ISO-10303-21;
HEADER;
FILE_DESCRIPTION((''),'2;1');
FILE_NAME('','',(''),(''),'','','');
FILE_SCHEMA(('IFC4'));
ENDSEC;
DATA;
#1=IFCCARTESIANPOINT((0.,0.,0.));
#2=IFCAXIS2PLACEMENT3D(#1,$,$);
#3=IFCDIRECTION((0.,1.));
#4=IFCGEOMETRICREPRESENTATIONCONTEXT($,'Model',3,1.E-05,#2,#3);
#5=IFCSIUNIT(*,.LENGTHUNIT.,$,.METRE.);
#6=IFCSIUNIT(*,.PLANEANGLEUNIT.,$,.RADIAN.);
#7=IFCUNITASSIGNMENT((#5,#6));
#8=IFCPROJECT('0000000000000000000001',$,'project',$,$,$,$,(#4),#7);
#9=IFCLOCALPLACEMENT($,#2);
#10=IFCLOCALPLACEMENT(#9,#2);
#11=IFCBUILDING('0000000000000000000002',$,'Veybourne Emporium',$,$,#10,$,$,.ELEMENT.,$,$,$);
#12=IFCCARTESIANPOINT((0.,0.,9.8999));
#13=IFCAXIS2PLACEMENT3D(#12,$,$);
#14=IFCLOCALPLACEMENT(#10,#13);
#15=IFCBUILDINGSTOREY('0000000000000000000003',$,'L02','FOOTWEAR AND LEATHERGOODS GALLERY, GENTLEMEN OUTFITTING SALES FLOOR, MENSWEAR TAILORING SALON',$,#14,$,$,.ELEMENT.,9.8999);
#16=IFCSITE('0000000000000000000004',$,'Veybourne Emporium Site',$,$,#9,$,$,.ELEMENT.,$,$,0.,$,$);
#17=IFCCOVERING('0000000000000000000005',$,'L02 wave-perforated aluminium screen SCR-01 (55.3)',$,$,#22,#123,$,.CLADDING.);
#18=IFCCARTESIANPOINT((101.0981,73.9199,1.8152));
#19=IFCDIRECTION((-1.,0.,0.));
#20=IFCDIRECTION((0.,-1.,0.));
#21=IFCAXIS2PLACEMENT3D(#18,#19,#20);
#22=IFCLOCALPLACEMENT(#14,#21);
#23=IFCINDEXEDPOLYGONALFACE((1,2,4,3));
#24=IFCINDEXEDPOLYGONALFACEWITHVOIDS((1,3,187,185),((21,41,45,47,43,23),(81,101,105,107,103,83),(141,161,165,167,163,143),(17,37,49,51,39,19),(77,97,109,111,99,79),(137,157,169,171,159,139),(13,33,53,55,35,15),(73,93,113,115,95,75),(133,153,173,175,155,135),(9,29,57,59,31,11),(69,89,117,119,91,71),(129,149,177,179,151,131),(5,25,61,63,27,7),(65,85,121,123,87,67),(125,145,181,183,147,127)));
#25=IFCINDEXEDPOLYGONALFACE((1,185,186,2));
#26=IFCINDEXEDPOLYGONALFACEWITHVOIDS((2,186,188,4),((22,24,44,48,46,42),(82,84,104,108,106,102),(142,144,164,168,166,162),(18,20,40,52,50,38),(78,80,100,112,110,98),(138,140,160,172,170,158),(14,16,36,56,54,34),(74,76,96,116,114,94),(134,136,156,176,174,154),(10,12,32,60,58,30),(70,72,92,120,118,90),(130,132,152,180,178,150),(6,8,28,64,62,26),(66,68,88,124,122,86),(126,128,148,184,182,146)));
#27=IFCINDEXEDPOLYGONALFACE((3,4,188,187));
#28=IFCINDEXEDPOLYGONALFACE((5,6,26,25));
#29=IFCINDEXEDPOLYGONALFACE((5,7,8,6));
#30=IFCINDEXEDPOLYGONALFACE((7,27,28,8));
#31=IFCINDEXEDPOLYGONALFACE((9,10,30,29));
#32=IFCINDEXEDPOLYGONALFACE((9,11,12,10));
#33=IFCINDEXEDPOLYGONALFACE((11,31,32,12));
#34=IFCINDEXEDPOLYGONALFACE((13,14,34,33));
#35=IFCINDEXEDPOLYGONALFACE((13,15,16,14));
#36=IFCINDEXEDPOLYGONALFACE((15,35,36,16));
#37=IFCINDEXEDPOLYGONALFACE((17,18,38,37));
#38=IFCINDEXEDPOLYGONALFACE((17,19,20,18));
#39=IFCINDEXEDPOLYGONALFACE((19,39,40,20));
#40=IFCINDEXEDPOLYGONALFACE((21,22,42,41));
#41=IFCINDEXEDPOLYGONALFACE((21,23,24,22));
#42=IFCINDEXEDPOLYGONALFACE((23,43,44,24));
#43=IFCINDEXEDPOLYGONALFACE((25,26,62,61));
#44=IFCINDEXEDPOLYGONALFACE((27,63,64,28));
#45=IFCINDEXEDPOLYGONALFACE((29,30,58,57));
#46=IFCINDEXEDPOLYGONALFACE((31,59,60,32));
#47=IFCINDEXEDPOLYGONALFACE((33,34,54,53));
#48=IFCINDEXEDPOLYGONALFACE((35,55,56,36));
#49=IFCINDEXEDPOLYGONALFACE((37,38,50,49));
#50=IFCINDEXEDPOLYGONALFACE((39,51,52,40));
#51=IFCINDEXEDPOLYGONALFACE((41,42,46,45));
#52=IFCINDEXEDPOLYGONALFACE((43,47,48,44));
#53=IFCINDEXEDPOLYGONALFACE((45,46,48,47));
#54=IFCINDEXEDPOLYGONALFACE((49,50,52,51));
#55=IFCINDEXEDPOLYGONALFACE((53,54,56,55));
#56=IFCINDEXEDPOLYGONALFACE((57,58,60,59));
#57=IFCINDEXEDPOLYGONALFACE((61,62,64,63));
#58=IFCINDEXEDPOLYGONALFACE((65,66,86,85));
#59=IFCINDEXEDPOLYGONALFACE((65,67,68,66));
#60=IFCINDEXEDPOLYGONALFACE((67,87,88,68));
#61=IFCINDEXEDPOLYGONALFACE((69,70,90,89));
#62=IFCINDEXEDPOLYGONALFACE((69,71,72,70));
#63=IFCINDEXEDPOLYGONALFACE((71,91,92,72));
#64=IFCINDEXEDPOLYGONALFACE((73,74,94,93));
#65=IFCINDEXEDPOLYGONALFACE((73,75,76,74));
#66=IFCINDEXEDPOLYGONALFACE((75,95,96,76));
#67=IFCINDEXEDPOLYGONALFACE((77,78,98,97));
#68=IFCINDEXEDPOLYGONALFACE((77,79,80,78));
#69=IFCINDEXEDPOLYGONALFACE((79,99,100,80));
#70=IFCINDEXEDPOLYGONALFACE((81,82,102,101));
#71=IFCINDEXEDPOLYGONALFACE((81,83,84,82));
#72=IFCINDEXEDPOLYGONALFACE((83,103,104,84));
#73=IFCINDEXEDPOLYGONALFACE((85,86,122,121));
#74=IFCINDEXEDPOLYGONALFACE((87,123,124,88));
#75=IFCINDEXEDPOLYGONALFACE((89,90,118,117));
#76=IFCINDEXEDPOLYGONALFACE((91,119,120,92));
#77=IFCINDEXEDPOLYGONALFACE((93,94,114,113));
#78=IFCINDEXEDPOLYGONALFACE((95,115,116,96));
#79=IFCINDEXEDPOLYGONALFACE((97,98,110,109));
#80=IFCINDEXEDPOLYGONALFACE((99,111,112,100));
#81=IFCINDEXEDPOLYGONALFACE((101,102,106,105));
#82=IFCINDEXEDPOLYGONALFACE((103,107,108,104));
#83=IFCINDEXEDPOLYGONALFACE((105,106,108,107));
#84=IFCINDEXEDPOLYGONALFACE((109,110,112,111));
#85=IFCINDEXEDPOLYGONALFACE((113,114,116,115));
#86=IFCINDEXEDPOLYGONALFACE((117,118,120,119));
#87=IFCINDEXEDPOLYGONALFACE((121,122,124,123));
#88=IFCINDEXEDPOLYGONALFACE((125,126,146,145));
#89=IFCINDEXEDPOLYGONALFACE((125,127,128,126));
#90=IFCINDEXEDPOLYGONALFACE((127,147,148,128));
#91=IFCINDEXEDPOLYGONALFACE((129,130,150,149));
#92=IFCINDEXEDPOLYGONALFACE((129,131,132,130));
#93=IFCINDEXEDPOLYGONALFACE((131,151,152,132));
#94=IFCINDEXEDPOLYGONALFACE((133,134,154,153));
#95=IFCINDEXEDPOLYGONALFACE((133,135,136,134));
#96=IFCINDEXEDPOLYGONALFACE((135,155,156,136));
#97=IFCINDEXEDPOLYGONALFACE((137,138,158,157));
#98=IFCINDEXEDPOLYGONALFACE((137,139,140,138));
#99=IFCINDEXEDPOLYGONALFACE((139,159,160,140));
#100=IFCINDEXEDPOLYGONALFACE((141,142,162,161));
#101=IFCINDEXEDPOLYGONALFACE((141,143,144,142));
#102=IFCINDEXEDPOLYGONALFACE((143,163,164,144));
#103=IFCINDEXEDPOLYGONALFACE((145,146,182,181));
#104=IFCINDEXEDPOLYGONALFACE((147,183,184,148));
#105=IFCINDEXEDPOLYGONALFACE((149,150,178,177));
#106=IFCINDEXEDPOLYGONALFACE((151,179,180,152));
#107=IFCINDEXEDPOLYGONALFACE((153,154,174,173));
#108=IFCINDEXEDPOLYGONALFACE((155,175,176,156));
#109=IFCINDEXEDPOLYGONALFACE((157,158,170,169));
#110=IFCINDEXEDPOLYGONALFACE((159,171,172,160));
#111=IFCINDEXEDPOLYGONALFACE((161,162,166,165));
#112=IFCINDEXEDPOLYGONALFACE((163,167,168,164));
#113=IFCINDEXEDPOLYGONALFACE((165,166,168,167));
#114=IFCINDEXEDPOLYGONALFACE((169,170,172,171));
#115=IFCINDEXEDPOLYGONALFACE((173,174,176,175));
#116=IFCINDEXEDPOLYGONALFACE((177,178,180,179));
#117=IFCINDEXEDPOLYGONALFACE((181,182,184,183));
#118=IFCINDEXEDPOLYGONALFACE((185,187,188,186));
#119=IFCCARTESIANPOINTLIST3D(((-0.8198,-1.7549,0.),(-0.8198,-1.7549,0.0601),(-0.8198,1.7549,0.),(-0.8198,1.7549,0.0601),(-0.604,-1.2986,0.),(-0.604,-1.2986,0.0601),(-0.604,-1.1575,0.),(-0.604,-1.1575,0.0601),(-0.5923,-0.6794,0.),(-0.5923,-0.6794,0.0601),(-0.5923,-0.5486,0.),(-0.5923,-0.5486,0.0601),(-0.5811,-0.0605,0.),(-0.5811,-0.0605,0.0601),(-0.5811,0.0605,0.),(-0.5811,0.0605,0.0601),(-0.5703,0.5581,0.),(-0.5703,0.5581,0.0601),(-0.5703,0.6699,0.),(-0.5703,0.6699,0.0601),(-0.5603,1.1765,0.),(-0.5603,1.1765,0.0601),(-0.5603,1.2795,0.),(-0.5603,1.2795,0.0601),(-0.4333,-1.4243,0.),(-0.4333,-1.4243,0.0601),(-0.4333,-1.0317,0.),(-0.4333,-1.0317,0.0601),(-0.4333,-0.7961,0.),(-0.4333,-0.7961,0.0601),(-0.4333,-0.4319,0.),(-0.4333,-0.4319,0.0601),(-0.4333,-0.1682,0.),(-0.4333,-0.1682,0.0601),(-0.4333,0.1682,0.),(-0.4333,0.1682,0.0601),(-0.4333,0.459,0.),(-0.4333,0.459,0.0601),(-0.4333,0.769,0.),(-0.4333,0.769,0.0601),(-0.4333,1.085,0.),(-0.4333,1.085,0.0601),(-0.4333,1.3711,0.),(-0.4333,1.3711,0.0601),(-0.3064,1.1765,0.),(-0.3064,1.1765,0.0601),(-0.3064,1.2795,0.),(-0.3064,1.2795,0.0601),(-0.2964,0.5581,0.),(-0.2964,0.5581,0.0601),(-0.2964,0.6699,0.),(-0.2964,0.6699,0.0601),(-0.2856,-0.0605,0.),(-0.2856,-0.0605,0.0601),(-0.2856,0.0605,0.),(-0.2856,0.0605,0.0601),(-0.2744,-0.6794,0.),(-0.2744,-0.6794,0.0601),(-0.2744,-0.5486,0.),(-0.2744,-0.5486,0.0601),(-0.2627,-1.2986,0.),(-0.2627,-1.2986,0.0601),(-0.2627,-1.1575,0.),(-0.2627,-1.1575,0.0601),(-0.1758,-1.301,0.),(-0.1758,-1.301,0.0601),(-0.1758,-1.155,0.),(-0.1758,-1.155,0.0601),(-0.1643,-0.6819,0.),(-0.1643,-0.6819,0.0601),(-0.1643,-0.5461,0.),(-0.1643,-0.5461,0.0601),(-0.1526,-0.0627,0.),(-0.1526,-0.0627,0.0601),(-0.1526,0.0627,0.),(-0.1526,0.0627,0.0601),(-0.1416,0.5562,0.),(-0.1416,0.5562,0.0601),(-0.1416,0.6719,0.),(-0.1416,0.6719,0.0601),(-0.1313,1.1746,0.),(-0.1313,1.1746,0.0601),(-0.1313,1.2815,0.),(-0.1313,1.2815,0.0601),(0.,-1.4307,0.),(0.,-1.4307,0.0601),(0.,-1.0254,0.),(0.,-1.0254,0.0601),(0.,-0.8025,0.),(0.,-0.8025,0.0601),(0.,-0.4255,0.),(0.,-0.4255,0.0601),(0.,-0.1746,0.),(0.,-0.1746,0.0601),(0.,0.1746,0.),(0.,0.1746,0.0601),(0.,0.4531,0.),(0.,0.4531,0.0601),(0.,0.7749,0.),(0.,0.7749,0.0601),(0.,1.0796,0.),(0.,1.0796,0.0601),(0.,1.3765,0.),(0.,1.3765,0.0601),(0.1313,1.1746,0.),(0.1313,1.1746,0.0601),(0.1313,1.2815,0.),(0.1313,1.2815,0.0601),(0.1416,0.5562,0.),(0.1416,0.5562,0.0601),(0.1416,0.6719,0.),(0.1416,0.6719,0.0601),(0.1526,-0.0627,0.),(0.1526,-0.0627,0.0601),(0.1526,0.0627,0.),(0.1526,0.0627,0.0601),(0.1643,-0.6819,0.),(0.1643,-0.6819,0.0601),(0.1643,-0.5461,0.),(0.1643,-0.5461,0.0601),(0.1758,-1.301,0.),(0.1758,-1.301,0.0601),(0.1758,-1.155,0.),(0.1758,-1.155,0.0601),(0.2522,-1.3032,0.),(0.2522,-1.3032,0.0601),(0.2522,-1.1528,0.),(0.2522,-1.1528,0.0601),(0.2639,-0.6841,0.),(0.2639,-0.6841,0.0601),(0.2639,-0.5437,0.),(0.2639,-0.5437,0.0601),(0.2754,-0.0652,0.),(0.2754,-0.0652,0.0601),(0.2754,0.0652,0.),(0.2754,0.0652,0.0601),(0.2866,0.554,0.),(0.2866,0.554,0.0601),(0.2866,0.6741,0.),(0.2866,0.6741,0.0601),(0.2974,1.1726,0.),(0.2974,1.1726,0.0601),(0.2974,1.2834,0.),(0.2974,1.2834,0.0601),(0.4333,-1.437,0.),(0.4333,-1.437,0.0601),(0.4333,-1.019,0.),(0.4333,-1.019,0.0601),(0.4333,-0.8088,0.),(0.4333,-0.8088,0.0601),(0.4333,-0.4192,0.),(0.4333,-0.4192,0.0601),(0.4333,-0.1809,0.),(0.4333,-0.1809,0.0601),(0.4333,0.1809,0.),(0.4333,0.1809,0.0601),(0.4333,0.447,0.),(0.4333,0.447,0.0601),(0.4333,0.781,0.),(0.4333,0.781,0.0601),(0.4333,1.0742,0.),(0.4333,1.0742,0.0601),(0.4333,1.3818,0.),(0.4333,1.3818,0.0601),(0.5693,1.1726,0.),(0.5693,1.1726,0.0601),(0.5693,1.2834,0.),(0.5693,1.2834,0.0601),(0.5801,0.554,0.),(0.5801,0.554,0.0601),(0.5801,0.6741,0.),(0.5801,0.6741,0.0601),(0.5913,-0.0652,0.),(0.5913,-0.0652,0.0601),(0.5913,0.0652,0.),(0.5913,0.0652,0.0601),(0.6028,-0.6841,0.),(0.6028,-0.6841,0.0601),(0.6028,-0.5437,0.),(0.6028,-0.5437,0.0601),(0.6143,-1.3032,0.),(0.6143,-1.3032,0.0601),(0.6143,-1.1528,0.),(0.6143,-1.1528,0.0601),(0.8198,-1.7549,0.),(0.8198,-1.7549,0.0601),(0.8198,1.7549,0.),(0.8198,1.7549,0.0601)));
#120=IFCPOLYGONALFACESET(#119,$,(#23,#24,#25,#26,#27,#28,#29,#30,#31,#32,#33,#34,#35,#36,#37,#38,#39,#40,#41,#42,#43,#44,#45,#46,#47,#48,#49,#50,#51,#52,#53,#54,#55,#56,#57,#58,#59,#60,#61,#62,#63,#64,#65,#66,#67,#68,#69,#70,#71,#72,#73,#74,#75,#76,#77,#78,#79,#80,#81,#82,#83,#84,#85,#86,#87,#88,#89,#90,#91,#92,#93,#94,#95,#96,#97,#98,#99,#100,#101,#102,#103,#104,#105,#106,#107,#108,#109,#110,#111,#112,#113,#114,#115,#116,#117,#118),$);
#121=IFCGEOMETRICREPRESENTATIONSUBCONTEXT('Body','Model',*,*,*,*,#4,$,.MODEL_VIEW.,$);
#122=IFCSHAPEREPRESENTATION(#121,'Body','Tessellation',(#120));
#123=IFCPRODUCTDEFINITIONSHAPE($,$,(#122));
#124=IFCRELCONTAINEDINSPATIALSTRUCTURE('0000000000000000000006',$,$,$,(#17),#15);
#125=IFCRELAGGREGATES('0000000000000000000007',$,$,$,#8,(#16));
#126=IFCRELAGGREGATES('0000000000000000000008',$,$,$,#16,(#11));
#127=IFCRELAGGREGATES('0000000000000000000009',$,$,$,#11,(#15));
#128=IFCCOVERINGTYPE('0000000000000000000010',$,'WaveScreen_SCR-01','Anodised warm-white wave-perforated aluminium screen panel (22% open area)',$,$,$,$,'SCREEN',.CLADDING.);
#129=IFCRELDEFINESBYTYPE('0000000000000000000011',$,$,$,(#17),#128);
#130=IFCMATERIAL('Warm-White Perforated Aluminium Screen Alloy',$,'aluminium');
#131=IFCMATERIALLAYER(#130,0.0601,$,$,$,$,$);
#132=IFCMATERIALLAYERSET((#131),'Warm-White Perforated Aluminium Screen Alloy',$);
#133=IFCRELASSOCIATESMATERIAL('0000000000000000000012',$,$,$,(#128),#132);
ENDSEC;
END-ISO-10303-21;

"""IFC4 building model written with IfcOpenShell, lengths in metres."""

from ifc_helpers import new_model, si_unit, direction, frame, origin, place, context, subcontext, project, spatial, polyline, outline, extrude, material, layer, layer_set, type_object, element, save


model = new_model("IFC4")

# Units and contexts
model_context = context("Model", 3, precision=1e-05, world=origin(), true_north=direction((0.0, 1.0)))
body_context = subcontext(model_context, "Body", "Model", "MODEL_VIEW")
ifc_project = project(units=[si_unit("LENGTHUNIT", "METRE"), si_unit("PLANEANGLEUNIT", "RADIAN")], contexts=[model_context])

# Site, building, storey
site_placement = place(None, origin())
site = spatial("IfcSite", under=ifc_project, at=site_placement, Name="Veybourne Emporium Site", CompositionType="ELEMENT", RefElevation=0.0)
building_placement = place(site_placement, origin())
building = spatial("IfcBuilding", under=site, at=building_placement, Name="Veybourne Emporium", CompositionType="ELEMENT")
storey_placement = place(building_placement, frame((0.0, 0.0, 9.8999)))
storey = spatial("IfcBuildingStorey", under=building, at=storey_placement, Name="L02", Description="FOOTWEAR AND LEATHERGOODS GALLERY, GENTLEMEN OUTFITTING SALES FLOOR, MENSWEAR TAILORING SALON", CompositionType="ELEMENT", Elevation=9.8999)

# Covering
ifc_material_1 = material(Name="Warm-White Perforated Aluminium Screen Alloy", Category="aluminium")
ifc_layer_1 = layer(ifc_material_1, 0.0601)
ifc_layer_set_1 = layer_set([ifc_layer_1], Name="Warm-White Perforated Aluminium Screen Alloy")
covering_type_1 = type_object("IfcCoveringType", Name="WaveScreen_SCR-01", Description="Anodised warm-white wave-perforated aluminium screen panel (22% open area)", ElementType="SCREEN", PredefinedType="CLADDING", material=ifc_layer_set_1)
covering_1_placement = place(storey_placement, frame((101.0981, 73.9199, 1.8152), z_axis=(-1.0, 0.0, 0.0), x_axis=(0.0, -1.0, 0.0)))
element("IfcCovering", 1, at=covering_1_placement, inside=storey, type_object=covering_type_1, Name="L02 wave-perforated aluminium screen SCR-01 (55.3)", PredefinedType="CLADDING", context=body_context, shape_type="SweptSolid", body=[
    extrude(outline(polyline([(-0.8198, -1.7549), (0.8198, -1.7549), (0.8198, 1.7549), (-0.8198, 1.7549), (-0.8198, -1.7549)]), holes=[polyline([(-0.4333, -1.0317), (-0.2627, -1.1575), (-0.2627, -1.2986), (-0.4333, -1.4243), (-0.604, -1.2986), (-0.604, -1.1575), (-0.4333, -1.0317)]), polyline([(-0.4333, -0.4319), (-0.2744, -0.5486), (-0.2744, -0.6794), (-0.4333, -0.7961), (-0.5923, -0.6794), (-0.5923, -0.5486), (-0.4333, -0.4319)]), polyline([(-0.4333, 0.1682), (-0.2856, 0.0605), (-0.2856, -0.0605), (-0.4333, -0.1682), (-0.5811, -0.0605), (-0.5811, 0.0605), (-0.4333, 0.1682)]), polyline([(-0.4333, 0.769), (-0.2964, 0.6699), (-0.2964, 0.5581), (-0.4333, 0.459), (-0.5703, 0.5581), (-0.5703, 0.6699), (-0.4333, 0.769)]), polyline([(-0.4333, 1.3711), (-0.3064, 1.2795), (-0.3064, 1.1765), (-0.4333, 1.085), (-0.5603, 1.1765), (-0.5603, 1.2795), (-0.4333, 1.3711)]), polyline([(0.0, -1.0254), (0.1758, -1.155), (0.1758, -1.301), (0.0, -1.4307), (-0.1758, -1.301), (-0.1758, -1.155), (0.0, -1.0254)]), polyline([(0.0, -0.4255), (0.1643, -0.5461), (0.1643, -0.6819), (0.0, -0.8025), (-0.1643, -0.6819), (-0.1643, -0.5461), (0.0, -0.4255)]), polyline([(0.0, 0.1746), (0.1526, 0.0627), (0.1526, -0.0627), (0.0, -0.1746), (-0.1526, -0.0627), (-0.1526, 0.0627), (0.0, 0.1746)]), polyline([(0.0, 0.7749), (0.1416, 0.6719), (0.1416, 0.5562), (0.0, 0.4531), (-0.1416, 0.5562), (-0.1416, 0.6719), (0.0, 0.7749)]), polyline([(0.0, 1.3765), (0.1313, 1.2815), (0.1313, 1.1746), (0.0, 1.0796), (-0.1313, 1.1746), (-0.1313, 1.2815), (0.0, 1.3765)]), polyline([(0.4333, -1.019), (0.6143, -1.1528), (0.6143, -1.3032), (0.4333, -1.437), (0.2522, -1.3032), (0.2522, -1.1528), (0.4333, -1.019)]), polyline([(0.4333, -0.4192), (0.6028, -0.5437), (0.6028, -0.6841), (0.4333, -0.8088), (0.2639, -0.6841), (0.2639, -0.5437), (0.4333, -0.4192)]), polyline([(0.4333, 0.1809), (0.5913, 0.0652), (0.5913, -0.0652), (0.4333, -0.1809), (0.2754, -0.0652), (0.2754, 0.0652), (0.4333, 0.1809)]), polyline([(0.4333, 0.781), (0.5801, 0.6741), (0.5801, 0.554), (0.4333, 0.447), (0.2866, 0.554), (0.2866, 0.6741), (0.4333, 0.781)]), polyline([(0.4333, 1.3818), (0.5693, 1.2834), (0.5693, 1.1726), (0.4333, 1.0742), (0.2974, 1.1726), (0.2974, 1.2834), (0.4333, 1.3818)])]), origin(), (0.0, 0.0, 1.0), 0.0601),
])

save(model, "model.ifc")
